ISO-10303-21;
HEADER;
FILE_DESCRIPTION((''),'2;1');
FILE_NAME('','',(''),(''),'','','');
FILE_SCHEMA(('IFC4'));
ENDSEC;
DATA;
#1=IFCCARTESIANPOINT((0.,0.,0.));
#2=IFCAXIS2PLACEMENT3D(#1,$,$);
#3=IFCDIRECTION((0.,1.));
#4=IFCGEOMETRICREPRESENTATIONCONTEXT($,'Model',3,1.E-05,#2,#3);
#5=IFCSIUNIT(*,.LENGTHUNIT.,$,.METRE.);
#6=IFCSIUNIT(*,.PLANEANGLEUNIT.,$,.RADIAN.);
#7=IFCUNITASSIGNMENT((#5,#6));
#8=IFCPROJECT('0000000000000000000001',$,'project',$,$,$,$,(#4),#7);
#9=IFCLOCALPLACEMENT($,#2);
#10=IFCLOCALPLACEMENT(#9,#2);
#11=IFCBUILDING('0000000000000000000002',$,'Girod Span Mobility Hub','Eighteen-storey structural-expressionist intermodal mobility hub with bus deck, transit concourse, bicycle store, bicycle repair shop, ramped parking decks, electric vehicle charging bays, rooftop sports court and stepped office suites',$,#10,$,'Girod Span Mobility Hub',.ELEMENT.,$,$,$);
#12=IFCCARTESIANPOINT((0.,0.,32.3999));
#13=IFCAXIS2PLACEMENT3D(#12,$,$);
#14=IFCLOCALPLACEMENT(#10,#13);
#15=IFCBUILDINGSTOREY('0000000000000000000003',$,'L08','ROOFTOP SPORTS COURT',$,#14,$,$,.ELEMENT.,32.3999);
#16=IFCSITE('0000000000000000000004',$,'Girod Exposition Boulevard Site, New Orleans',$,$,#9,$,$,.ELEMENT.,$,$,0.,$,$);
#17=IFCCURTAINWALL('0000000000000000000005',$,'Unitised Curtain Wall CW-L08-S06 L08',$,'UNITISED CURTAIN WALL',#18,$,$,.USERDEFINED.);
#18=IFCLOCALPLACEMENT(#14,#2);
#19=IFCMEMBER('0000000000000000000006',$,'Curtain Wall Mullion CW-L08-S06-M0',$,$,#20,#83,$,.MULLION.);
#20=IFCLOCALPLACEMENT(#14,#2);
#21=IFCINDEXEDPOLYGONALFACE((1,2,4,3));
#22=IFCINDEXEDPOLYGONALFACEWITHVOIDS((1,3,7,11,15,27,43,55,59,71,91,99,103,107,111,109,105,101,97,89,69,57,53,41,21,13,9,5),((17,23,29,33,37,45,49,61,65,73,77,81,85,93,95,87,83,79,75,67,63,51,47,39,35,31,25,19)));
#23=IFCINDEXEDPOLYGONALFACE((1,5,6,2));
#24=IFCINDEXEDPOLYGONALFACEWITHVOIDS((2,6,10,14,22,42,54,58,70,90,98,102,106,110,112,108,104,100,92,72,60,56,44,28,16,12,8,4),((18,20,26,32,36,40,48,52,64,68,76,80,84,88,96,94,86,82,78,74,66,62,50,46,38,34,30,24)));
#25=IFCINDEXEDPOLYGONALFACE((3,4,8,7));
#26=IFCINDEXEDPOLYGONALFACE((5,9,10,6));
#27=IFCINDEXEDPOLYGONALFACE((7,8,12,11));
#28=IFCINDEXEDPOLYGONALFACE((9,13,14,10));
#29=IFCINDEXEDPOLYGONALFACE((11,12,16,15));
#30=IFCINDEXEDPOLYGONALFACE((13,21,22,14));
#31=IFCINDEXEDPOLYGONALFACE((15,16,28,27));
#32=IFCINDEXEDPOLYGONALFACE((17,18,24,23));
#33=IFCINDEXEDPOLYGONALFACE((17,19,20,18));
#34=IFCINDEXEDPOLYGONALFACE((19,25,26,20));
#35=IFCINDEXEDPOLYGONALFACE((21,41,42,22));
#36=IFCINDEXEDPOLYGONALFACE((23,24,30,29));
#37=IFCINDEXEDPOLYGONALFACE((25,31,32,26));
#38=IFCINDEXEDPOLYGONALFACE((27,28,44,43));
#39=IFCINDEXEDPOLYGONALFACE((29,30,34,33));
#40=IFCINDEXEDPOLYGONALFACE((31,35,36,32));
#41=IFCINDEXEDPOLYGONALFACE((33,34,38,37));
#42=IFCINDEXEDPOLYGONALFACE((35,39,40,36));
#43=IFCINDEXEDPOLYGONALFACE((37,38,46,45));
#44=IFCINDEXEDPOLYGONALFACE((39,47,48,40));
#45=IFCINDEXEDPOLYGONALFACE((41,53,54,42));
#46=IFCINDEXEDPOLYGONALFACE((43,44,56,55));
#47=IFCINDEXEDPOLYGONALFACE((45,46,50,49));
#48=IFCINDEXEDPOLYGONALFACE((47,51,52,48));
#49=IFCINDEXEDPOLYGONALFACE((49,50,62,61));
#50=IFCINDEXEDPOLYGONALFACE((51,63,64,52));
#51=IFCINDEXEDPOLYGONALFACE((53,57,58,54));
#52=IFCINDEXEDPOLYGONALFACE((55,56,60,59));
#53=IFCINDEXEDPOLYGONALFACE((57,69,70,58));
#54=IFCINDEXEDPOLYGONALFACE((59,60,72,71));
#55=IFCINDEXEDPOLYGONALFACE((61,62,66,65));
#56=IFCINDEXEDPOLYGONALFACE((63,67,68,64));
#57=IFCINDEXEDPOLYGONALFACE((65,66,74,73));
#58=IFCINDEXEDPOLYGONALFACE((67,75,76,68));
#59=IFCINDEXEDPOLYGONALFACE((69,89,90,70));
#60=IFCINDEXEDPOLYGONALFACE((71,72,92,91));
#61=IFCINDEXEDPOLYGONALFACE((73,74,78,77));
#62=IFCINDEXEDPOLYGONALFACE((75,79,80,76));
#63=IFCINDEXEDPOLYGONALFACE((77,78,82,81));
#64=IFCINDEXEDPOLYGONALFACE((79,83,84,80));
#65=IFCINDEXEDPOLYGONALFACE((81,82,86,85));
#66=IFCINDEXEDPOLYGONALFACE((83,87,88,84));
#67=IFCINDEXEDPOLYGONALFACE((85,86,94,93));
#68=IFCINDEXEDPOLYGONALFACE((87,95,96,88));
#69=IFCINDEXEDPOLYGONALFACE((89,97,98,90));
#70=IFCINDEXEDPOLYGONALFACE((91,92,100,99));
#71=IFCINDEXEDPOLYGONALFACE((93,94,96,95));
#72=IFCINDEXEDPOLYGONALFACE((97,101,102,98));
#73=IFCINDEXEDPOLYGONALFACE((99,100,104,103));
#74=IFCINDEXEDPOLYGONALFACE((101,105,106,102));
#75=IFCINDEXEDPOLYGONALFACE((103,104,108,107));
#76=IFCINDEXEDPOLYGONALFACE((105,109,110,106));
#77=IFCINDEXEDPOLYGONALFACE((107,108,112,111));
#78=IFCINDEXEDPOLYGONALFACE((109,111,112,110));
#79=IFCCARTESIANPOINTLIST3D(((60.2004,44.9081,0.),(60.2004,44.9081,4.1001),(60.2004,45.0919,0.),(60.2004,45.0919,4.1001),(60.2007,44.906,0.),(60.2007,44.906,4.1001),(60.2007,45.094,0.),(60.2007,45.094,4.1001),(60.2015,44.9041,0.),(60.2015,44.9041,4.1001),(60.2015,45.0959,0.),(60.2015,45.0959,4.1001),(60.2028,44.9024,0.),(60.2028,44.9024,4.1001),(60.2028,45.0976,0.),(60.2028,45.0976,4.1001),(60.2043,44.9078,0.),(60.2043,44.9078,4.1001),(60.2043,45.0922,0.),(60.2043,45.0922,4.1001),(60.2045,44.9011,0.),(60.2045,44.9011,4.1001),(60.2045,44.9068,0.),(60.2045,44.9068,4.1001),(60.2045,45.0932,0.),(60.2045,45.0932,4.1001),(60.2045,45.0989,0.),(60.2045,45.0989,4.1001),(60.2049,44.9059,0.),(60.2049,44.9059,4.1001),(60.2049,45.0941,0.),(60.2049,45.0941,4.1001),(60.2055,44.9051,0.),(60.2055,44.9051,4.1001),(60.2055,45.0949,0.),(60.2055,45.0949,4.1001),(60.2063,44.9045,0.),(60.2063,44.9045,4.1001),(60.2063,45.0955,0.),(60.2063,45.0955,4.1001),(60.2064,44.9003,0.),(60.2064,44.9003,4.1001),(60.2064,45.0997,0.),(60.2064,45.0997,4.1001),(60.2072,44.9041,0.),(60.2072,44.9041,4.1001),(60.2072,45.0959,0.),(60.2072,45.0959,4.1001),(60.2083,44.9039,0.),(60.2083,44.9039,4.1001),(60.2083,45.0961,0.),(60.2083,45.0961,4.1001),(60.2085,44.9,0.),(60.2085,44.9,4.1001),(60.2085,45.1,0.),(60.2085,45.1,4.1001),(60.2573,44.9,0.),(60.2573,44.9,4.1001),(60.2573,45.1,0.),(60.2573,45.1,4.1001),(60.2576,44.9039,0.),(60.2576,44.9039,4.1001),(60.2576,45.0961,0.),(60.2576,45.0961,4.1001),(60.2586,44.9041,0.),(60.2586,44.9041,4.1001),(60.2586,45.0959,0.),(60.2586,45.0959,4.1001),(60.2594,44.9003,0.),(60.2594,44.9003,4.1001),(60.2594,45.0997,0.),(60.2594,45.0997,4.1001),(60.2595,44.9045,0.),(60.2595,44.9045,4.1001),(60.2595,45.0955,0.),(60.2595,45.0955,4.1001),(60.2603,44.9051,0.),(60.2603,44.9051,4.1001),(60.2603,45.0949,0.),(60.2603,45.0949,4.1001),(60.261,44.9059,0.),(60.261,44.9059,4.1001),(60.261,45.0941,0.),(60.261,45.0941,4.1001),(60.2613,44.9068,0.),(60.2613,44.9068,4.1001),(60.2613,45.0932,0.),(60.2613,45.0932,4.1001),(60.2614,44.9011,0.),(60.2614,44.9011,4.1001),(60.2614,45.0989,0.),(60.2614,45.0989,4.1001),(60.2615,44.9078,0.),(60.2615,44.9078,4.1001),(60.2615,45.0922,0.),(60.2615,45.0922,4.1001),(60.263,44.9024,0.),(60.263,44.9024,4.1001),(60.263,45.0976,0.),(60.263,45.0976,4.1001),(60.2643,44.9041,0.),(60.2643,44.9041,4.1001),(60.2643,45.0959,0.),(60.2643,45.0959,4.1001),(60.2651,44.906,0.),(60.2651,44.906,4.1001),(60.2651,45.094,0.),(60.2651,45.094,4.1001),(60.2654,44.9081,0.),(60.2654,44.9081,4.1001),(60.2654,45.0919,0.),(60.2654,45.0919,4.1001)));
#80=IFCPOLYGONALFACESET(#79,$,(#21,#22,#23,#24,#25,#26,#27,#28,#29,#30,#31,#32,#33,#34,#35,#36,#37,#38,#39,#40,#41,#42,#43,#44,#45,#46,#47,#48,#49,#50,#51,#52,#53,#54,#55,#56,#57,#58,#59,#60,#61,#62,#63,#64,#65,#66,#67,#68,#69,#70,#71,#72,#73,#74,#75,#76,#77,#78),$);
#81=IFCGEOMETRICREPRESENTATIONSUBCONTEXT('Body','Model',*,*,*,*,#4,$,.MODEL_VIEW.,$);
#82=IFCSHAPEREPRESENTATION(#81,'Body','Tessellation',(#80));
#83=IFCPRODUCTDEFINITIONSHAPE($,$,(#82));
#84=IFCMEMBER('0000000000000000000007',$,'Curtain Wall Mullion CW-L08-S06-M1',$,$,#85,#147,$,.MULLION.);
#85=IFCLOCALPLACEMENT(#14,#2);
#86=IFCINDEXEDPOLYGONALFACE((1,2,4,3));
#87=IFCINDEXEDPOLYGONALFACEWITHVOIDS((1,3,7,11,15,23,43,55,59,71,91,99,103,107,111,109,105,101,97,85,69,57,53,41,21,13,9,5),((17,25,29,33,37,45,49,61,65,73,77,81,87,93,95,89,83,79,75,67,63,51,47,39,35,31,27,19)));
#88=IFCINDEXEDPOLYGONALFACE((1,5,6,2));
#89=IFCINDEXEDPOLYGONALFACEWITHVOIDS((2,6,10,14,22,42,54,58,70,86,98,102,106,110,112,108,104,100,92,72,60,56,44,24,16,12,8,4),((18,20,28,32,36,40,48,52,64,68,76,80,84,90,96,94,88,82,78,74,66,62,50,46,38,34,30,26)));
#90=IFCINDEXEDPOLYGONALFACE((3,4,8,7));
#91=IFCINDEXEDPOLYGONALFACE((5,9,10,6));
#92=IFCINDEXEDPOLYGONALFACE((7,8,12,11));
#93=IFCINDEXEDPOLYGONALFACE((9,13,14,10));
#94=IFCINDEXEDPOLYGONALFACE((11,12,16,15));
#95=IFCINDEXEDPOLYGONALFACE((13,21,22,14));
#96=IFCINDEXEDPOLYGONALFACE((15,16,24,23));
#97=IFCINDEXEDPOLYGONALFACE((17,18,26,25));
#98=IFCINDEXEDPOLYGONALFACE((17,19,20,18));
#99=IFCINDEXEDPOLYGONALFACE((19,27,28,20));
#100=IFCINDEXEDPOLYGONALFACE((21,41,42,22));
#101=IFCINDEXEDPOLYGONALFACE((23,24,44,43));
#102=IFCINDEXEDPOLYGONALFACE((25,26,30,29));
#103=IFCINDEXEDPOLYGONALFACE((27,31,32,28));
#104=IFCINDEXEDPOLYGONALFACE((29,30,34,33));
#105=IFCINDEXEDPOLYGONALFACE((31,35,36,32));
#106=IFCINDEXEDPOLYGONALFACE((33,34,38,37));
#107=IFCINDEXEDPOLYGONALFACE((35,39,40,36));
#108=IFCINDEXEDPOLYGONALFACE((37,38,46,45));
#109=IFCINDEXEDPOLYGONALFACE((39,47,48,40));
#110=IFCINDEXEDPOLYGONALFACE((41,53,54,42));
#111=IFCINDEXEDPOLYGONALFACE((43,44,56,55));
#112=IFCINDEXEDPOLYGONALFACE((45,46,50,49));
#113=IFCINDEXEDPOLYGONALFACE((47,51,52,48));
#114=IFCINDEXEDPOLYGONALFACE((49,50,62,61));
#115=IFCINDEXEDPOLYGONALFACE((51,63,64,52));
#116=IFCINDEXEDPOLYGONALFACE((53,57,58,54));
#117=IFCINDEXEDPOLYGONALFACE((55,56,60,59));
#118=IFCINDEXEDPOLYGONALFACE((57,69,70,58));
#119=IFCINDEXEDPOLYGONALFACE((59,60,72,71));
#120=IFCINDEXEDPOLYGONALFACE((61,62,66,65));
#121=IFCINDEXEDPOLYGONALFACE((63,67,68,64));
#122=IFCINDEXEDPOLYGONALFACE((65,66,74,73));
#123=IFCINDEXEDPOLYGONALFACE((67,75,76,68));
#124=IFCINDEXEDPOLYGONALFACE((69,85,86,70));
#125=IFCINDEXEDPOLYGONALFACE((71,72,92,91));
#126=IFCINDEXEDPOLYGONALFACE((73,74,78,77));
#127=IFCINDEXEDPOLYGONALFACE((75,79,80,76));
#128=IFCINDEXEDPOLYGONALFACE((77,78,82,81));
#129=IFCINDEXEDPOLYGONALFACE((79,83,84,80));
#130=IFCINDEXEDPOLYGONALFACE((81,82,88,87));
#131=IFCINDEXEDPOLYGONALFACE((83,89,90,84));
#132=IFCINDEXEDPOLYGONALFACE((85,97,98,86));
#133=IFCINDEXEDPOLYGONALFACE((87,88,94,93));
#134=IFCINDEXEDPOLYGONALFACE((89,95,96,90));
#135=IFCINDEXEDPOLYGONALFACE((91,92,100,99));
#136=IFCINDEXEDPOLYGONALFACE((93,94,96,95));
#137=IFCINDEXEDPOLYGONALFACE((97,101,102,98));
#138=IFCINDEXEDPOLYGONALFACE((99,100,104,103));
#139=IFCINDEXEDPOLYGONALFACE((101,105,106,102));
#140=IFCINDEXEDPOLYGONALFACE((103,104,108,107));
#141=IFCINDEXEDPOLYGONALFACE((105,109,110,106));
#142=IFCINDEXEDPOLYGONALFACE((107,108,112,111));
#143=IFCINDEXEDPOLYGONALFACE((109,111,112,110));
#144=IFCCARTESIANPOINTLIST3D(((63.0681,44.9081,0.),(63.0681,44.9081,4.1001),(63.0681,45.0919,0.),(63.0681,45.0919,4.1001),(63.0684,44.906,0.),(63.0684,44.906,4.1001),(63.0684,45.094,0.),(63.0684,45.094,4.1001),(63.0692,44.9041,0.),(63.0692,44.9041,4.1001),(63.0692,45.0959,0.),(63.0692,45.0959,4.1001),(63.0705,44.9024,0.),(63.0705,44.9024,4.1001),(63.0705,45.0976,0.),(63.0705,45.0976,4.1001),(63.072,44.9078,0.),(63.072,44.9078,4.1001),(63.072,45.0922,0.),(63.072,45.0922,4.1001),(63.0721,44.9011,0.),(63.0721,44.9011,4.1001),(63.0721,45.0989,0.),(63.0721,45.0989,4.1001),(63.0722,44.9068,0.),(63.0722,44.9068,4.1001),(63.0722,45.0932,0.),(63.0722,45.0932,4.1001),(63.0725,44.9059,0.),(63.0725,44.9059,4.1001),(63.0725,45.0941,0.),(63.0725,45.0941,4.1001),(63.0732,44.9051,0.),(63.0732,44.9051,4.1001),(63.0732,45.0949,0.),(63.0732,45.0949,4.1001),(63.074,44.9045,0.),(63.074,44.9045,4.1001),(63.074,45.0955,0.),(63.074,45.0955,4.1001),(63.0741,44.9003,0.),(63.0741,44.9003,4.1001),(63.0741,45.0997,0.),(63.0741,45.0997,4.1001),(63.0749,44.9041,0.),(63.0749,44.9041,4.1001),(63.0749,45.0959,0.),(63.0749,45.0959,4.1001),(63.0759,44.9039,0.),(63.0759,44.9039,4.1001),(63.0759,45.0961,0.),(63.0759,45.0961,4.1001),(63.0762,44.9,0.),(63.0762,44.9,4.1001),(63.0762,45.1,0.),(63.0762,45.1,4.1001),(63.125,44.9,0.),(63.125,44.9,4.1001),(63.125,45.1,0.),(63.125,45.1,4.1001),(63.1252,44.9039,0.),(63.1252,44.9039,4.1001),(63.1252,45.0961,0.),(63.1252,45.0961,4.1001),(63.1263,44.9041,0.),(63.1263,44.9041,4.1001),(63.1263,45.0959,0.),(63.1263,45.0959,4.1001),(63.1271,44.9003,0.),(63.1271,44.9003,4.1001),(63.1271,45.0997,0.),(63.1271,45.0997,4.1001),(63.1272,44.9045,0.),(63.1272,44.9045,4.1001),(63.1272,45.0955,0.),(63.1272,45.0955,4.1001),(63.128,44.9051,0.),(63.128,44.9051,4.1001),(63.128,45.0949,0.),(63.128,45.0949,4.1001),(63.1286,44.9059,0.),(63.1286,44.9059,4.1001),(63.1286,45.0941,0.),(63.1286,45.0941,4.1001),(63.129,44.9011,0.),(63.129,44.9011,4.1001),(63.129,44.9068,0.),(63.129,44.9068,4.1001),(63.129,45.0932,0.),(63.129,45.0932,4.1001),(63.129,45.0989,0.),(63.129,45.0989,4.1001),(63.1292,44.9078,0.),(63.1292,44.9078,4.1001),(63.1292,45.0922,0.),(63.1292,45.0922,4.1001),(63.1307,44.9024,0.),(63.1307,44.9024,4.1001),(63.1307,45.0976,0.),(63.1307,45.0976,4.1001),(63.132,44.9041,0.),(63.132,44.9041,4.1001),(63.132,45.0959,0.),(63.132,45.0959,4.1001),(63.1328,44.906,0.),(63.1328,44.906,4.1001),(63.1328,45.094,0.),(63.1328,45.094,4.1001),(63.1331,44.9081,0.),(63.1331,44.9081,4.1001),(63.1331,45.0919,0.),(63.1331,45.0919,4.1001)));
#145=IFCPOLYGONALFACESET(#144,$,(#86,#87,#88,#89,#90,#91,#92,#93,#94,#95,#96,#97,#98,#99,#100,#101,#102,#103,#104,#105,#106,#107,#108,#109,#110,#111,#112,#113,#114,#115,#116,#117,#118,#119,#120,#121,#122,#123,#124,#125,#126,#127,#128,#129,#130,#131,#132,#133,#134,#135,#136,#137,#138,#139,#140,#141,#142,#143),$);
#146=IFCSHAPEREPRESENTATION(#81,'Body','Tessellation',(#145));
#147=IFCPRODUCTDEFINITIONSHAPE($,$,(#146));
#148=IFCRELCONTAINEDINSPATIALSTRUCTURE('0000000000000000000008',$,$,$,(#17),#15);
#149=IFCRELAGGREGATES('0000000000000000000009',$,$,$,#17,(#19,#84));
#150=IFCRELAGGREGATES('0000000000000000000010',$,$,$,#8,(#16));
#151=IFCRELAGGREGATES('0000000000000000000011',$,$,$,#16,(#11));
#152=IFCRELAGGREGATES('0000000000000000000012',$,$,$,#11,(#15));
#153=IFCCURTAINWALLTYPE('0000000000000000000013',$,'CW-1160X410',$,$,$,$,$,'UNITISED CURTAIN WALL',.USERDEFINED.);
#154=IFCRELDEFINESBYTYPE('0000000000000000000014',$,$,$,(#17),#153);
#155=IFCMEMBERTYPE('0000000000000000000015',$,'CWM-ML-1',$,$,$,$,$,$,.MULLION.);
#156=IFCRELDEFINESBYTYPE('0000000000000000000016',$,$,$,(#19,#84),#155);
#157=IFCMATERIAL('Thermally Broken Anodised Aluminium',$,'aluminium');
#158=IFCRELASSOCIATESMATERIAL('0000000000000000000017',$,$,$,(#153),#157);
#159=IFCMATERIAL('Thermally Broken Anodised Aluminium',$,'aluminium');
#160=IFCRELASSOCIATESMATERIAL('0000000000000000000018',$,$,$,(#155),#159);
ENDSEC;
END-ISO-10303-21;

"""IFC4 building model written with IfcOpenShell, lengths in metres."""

from ifc_helpers import new_model, si_unit, direction, frame, origin, origin_2d, place, context, subcontext, project, spatial, hollow_rectangle, extrude, material, material_profile, profile_set, type_object, element, aggregate, save


model = new_model("IFC4")

# Units and contexts
model_context = context("Model", 3, precision=1e-05, world=origin(), true_north=direction((0.0, 1.0)))
body_context = subcontext(model_context, "Body", "Model", "MODEL_VIEW")
ifc_project = project(units=[si_unit("LENGTHUNIT", "METRE"), si_unit("PLANEANGLEUNIT", "RADIAN")], contexts=[model_context])

# Site, building, storey
site_placement = place(None, origin())
site = spatial("IfcSite", under=ifc_project, at=site_placement, Name="Girod Exposition Boulevard Site, New Orleans", CompositionType="ELEMENT", RefElevation=0.0)
building_placement = place(site_placement, origin())
building = spatial("IfcBuilding", under=site, at=building_placement, Name="Girod Span Mobility Hub", Description="Eighteen-storey structural-expressionist intermodal mobility hub with bus deck, transit concourse, bicycle store, bicycle repair shop, ramped parking decks, electric vehicle charging bays, rooftop sports court and stepped office suites", LongName="Girod Span Mobility Hub", CompositionType="ELEMENT")
storey_placement = place(building_placement, frame((0.0, 0.0, 32.3999)))
storey = spatial("IfcBuildingStorey", under=building, at=storey_placement, Name="L08", Description="ROOFTOP SPORTS COURT", CompositionType="ELEMENT", Elevation=32.3999)

# Curtain wall, members
ifc_material_1 = material(Name="Thermally Broken Anodised Aluminium", Category="aluminium")
curtain_wall_type = type_object("IfcCurtainWallType", Name="CW-1160X410", ElementType="UNITISED CURTAIN WALL", PredefinedType="USERDEFINED", material=ifc_material_1)
curtain_wall_placement = place(storey_placement, origin())
curtain_wall = element("IfcCurtainWall", 1, at=curtain_wall_placement, inside=storey, type_object=curtain_wall_type, Name="Unitised Curtain Wall CW-L08-S06 L08", ObjectType="UNITISED CURTAIN WALL", PredefinedType="USERDEFINED")
ifc_material_2 = material(Name="Thermally Broken Anodised Aluminium", Category="aluminium")
ifc_material_profile_1 = material_profile(ifc_material_2, hollow_rectangle(XDim=0.2, YDim=0.0649, WallThickness=0.0039, InnerFilletRadius=0.0039, OuterFilletRadius=0.0081, at=origin_2d()), Name="CW-ML-65X200")
ifc_profile_set_1 = profile_set([ifc_material_profile_1], Name="Thermally Broken Anodised Aluminium")
member_type_1 = type_object("IfcMemberType", Name="CWM-ML-1", PredefinedType="MULLION", material=ifc_profile_set_1)
member_1_placement = place(storey_placement, frame((60.2329, 45.0, 0.0), z_axis=(0.0, 0.0, 1.0), x_axis=(0.0, 1.0, 0.0)))
member_1 = element("IfcMember", 2, at=member_1_placement, type_object=member_type_1, Name="Curtain Wall Mullion CW-L08-S06-M0", PredefinedType="MULLION", context=body_context, shape_type="SweptSolid", body=[
    extrude(hollow_rectangle(XDim=0.2, YDim=0.0649, WallThickness=0.0039, InnerFilletRadius=0.0039, OuterFilletRadius=0.0081, at=origin_2d()), origin(), (0.0, 0.0, 1.0), 4.1001),
])
member_2_placement = place(storey_placement, frame((63.1006, 45.0, 0.0), z_axis=(0.0, 0.0, 1.0), x_axis=(0.0, 1.0, 0.0)))
member_2 = element("IfcMember", 3, at=member_2_placement, type_object=member_type_1, Name="Curtain Wall Mullion CW-L08-S06-M1", PredefinedType="MULLION", context=body_context, shape_type="SweptSolid", body=[
    extrude(hollow_rectangle(XDim=0.2, YDim=0.0649, WallThickness=0.0039, InnerFilletRadius=0.0039, OuterFilletRadius=0.0081, at=origin_2d()), origin(), (0.0, 0.0, 1.0), 4.1001),
])

aggregate(curtain_wall, [member_1, member_2])

save(model, "model.ifc")
